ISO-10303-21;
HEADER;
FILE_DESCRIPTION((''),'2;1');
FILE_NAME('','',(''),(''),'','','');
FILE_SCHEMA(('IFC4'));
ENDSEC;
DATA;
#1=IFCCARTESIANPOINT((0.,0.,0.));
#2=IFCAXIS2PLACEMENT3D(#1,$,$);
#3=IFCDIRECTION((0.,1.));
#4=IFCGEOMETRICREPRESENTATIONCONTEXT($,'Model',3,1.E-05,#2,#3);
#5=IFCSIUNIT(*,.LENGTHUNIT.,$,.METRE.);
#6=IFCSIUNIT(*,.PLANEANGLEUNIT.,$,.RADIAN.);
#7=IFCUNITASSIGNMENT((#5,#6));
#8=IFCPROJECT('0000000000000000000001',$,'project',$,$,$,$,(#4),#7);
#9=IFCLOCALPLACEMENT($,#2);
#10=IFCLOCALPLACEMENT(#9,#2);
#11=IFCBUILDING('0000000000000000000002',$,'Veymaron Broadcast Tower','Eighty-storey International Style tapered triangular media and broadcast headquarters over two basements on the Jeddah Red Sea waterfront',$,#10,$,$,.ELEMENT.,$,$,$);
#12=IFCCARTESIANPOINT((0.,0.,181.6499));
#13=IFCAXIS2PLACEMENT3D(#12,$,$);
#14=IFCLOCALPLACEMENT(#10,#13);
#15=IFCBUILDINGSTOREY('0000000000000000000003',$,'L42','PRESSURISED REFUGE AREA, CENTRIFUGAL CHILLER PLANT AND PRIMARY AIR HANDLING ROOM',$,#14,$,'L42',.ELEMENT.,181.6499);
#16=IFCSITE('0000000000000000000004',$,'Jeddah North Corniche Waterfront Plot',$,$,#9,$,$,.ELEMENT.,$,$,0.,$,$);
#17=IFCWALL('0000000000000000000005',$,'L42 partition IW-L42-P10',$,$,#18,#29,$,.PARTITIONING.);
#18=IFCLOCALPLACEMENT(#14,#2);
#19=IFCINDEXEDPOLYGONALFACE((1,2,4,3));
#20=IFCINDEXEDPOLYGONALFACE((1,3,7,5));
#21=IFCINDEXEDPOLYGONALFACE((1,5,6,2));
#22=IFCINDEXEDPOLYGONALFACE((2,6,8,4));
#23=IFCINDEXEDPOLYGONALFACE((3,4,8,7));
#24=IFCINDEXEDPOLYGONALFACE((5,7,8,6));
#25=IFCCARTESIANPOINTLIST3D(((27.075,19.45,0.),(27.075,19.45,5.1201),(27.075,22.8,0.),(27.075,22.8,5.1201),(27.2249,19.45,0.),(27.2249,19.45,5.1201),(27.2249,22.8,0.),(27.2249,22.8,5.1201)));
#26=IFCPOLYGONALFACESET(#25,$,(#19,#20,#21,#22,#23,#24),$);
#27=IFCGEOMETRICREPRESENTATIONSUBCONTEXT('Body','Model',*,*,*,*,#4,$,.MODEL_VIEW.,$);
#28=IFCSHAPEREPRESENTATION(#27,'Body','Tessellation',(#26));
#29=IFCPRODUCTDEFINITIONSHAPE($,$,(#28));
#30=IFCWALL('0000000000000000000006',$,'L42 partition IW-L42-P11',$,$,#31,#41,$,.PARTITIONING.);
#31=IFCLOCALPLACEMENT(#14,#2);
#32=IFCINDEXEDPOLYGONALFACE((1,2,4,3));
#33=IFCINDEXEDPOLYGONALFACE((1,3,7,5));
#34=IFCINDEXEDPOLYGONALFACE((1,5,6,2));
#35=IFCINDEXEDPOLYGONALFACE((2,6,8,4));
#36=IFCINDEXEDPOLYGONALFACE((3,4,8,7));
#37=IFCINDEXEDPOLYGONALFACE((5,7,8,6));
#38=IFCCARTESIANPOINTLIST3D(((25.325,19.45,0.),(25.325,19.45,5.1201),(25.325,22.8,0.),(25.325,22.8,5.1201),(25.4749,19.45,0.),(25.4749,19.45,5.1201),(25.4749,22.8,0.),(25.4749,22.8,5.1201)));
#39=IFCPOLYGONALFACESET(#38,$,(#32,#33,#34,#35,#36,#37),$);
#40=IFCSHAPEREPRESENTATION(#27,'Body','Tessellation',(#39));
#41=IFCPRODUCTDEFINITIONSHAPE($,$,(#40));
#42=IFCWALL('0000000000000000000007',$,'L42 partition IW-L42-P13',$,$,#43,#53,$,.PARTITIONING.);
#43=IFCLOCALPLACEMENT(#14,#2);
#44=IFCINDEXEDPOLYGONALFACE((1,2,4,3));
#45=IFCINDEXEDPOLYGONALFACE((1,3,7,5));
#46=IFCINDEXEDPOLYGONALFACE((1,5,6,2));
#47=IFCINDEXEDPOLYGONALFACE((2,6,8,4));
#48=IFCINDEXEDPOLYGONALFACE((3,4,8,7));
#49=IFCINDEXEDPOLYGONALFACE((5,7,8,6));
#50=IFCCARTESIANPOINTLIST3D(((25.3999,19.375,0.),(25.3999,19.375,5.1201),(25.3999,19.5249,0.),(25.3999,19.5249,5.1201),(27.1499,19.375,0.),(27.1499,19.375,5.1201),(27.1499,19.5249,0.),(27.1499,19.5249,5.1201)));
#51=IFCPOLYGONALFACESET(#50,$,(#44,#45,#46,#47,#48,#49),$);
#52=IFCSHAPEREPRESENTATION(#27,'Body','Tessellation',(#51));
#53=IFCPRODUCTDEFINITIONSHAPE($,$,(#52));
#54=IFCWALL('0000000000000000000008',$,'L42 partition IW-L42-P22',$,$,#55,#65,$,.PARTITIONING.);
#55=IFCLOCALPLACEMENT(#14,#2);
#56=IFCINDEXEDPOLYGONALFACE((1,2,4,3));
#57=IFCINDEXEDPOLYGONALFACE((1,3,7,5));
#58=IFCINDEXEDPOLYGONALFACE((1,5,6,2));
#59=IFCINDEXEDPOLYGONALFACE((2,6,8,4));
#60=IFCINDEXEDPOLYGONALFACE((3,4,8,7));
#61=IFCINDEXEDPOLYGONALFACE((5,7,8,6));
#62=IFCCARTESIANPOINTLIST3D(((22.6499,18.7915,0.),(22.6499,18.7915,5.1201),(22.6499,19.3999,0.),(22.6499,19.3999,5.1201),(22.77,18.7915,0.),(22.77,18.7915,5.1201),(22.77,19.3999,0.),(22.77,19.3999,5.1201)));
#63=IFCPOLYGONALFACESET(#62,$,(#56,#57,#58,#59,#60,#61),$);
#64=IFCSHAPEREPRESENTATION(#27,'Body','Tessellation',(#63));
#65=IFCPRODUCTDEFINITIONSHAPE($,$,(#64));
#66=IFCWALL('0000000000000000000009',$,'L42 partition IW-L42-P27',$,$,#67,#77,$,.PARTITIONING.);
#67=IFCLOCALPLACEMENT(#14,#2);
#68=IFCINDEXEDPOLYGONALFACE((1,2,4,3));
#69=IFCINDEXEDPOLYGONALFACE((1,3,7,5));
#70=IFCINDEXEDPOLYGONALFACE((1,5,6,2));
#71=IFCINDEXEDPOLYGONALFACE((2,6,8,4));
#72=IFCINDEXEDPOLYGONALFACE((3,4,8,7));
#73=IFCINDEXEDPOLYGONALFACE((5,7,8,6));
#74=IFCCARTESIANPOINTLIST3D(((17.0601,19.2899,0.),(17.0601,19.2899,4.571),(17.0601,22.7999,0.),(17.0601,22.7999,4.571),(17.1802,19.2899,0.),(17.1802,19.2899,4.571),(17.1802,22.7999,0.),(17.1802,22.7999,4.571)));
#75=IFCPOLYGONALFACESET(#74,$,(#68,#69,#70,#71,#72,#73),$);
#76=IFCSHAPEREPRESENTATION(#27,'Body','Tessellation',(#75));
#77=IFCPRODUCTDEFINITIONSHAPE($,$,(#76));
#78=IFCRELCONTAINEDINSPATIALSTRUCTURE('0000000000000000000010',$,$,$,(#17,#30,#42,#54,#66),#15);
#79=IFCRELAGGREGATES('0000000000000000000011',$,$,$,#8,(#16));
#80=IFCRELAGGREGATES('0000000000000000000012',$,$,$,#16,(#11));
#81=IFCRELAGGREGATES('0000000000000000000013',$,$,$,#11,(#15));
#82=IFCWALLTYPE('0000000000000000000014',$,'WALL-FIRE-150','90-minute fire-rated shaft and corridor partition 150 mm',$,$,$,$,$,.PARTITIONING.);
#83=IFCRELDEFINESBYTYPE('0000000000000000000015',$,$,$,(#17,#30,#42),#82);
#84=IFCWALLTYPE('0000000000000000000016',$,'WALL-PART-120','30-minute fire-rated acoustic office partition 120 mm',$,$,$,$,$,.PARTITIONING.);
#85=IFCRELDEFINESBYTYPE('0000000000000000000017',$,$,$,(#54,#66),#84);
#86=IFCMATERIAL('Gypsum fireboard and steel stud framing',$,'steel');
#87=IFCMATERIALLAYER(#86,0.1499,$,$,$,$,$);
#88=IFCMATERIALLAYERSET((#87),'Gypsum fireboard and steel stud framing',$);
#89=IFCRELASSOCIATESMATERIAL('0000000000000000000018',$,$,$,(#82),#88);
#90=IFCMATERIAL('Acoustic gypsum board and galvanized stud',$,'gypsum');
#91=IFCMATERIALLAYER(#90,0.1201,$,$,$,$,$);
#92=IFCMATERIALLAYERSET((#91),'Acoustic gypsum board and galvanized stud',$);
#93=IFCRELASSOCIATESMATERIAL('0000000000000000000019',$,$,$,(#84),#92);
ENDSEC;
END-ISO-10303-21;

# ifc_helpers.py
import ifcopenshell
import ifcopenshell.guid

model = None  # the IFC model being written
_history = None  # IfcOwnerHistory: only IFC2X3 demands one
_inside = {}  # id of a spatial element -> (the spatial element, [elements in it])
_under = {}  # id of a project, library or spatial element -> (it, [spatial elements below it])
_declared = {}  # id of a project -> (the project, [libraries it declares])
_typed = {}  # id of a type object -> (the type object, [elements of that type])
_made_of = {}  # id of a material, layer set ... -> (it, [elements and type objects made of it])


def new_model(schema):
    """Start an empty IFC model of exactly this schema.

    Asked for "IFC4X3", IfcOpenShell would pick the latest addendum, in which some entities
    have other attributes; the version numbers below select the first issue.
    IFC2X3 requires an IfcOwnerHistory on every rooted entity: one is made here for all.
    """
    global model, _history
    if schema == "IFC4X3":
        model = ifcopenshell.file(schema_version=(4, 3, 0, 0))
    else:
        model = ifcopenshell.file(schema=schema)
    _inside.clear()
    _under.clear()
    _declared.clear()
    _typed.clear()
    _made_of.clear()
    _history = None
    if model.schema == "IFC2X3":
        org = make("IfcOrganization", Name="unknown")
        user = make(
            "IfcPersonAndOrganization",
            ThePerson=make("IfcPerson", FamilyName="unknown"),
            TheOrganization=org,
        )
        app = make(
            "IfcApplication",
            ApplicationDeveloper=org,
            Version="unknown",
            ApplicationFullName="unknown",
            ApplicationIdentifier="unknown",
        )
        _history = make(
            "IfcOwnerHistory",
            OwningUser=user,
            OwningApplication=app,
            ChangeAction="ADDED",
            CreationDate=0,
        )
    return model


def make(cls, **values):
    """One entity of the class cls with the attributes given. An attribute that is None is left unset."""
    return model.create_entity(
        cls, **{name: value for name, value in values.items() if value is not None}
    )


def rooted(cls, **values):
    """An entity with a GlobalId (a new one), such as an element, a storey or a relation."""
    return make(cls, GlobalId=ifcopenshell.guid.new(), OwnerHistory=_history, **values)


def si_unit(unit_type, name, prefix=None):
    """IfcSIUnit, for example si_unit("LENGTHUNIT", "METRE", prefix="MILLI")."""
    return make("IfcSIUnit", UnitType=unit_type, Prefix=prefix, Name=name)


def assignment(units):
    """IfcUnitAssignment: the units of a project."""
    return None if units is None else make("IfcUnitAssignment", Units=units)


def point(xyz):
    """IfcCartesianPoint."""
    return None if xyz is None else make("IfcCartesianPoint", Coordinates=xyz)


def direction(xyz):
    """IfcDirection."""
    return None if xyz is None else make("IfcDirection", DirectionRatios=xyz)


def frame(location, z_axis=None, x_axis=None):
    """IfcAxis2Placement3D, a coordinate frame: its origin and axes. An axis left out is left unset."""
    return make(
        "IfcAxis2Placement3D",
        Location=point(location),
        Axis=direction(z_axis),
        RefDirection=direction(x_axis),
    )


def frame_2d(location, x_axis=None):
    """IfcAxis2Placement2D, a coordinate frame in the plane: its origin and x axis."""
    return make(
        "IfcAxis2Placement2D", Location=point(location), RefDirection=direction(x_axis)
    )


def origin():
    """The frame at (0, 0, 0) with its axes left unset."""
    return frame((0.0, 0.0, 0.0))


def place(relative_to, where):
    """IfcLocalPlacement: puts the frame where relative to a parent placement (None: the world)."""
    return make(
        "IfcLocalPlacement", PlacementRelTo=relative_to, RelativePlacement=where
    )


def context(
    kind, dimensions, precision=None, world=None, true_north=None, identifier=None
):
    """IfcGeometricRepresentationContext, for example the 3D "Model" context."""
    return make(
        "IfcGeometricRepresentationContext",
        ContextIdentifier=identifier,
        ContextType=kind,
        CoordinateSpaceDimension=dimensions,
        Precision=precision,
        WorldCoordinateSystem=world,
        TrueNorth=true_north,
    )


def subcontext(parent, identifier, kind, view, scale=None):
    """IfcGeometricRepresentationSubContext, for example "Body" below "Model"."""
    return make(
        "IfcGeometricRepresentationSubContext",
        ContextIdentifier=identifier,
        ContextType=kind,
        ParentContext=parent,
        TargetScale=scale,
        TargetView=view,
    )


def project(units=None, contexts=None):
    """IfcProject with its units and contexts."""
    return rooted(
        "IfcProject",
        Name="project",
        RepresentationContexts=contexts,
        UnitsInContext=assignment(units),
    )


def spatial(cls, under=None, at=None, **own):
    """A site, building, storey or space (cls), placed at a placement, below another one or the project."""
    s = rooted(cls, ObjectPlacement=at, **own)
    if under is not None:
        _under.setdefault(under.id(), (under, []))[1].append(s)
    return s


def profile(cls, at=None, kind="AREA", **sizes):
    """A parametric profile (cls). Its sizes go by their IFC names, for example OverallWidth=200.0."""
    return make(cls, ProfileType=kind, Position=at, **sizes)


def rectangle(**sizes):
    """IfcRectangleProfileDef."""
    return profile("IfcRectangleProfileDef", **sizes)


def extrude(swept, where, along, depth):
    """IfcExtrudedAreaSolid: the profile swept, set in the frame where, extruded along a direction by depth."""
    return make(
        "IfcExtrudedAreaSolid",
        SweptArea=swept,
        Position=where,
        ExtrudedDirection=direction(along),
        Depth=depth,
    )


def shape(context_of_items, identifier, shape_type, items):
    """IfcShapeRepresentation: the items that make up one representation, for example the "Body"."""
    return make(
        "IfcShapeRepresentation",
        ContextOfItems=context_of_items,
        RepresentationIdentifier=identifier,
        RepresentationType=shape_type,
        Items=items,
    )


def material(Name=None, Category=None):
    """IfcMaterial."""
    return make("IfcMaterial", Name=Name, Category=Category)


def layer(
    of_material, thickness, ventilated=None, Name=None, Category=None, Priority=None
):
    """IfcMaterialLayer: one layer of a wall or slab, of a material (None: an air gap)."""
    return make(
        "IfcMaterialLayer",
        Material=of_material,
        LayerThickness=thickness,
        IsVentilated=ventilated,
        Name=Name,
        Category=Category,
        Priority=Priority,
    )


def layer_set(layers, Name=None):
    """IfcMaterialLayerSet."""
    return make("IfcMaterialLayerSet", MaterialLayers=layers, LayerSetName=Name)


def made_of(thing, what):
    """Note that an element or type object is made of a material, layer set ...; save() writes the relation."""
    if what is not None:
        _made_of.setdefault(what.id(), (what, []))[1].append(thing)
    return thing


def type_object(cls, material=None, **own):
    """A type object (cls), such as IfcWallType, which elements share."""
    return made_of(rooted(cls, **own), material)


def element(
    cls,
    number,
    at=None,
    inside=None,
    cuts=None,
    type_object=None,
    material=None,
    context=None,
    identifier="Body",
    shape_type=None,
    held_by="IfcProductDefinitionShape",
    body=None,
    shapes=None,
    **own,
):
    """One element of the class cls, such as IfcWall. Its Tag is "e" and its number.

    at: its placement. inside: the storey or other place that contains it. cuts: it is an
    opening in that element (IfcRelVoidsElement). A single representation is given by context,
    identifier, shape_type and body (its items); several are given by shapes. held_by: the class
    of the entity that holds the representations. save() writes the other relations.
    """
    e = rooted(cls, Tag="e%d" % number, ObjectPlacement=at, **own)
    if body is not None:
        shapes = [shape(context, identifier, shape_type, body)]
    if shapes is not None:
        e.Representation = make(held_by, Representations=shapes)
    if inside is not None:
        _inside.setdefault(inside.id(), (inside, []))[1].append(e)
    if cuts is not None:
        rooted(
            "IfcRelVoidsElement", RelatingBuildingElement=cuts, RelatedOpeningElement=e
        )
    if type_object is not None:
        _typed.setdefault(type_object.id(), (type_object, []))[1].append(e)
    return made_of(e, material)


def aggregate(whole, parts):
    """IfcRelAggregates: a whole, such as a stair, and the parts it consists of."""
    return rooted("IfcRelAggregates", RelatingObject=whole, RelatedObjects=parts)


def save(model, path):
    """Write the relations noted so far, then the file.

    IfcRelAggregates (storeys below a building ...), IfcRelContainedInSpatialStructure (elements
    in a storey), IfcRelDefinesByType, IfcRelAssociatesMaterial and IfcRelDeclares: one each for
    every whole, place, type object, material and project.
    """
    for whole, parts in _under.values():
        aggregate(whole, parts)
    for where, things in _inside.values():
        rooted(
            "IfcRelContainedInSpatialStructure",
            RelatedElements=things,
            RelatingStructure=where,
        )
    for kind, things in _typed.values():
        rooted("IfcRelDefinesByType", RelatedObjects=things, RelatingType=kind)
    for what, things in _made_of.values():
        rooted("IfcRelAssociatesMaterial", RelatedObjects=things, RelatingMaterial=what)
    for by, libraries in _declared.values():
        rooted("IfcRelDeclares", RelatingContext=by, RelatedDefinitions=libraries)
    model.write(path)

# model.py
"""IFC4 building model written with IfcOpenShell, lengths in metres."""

from ifc_helpers import new_model, si_unit, direction, frame, frame_2d, origin, place, context, subcontext, project, spatial, rectangle, extrude, material, layer, layer_set, type_object, element, save


model = new_model("IFC4")

# Units and contexts
model_context = context("Model", 3, precision=1e-05, world=origin(), true_north=direction((0.0, 1.0)))
body_context = subcontext(model_context, "Body", "Model", "MODEL_VIEW")
ifc_project = project(units=[si_unit("LENGTHUNIT", "METRE"), si_unit("PLANEANGLEUNIT", "RADIAN")], contexts=[model_context])

# Site, building, storey
site_placement = place(None, origin())
site = spatial("IfcSite", under=ifc_project, at=site_placement, Name="Jeddah North Corniche Waterfront Plot", CompositionType="ELEMENT", RefElevation=0.0)
building_placement = place(site_placement, origin())
building = spatial("IfcBuilding", under=site, at=building_placement, Name="Veymaron Broadcast Tower", Description="Eighty-storey International Style tapered triangular media and broadcast headquarters over two basements on the Jeddah Red Sea waterfront", CompositionType="ELEMENT")
storey_placement = place(building_placement, frame((0.0, 0.0, 181.6499)))
storey = spatial("IfcBuildingStorey", under=building, at=storey_placement, Name="L42", Description="PRESSURISED REFUGE AREA, CENTRIFUGAL CHILLER PLANT AND PRIMARY AIR HANDLING ROOM", LongName="L42", CompositionType="ELEMENT", Elevation=181.6499)

# Walls
ifc_material_1 = material(Name="Gypsum fireboard and steel stud framing", Category="steel")
ifc_layer_1 = layer(ifc_material_1, 0.1499)
ifc_layer_set_1 = layer_set([ifc_layer_1], Name="Gypsum fireboard and steel stud framing")
wall_type_1 = type_object("IfcWallType", Name="WALL-FIRE-150", Description="90-minute fire-rated shaft and corridor partition 150 mm", PredefinedType="PARTITIONING", material=ifc_layer_set_1)
for number, where, z_axis, x_axis, name in (
    (1, (27.1499, 19.45, 0.0), (0.0, 0.0, 1.0), (0.0, 1.0, 0.0), "L42 partition IW-L42-P10"),
    (2, (25.3999, 19.45, 0.0), (0.0, 0.0, 1.0), (0.0, 1.0, 0.0), "L42 partition IW-L42-P11"),
):
    element("IfcWall", number, at=place(storey_placement, frame(where, z_axis=z_axis, x_axis=x_axis)), inside=storey, type_object=wall_type_1, Name=name, PredefinedType="PARTITIONING", context=body_context, shape_type="SweptSolid", body=[
        extrude(rectangle(XDim=3.3501, YDim=0.1499, at=frame_2d((1.675, 0.0))), origin(), (0.0, 0.0, 1.0), 5.1201),
    ])
wall_1_placement = place(storey_placement, frame((25.3999, 19.45, 0.0), z_axis=(0.0, 0.0, 1.0), x_axis=(1.0, 0.0, 0.0)))
element("IfcWall", 3, at=wall_1_placement, inside=storey, type_object=wall_type_1, Name="L42 partition IW-L42-P13", PredefinedType="PARTITIONING", context=body_context, shape_type="SweptSolid", body=[
    extrude(rectangle(XDim=1.75, YDim=0.1499, at=frame_2d((0.875, 0.0))), origin(), (0.0, 0.0, 1.0), 5.1201),
])
ifc_material_2 = material(Name="Acoustic gypsum board and galvanized stud", Category="gypsum")
ifc_layer_2 = layer(ifc_material_2, 0.1201)
ifc_layer_set_2 = layer_set([ifc_layer_2], Name="Acoustic gypsum board and galvanized stud")
wall_type_2 = type_object("IfcWallType", Name="WALL-PART-120", Description="30-minute fire-rated acoustic office partition 120 mm", PredefinedType="PARTITIONING", material=ifc_layer_set_2)
wall_2_placement = place(storey_placement, frame((22.71, 18.7915, 0.0), z_axis=(0.0, 0.0, 1.0), x_axis=(0.0, 1.0, 0.0)))
element("IfcWall", 4, at=wall_2_placement, inside=storey, type_object=wall_type_2, Name="L42 partition IW-L42-P22", PredefinedType="PARTITIONING", context=body_context, shape_type="SweptSolid", body=[
    extrude(rectangle(XDim=0.6084, YDim=0.1201, at=frame_2d((0.3042, 0.0))), origin(), (0.0, 0.0, 1.0), 5.1201),
])
wall_3_placement = place(storey_placement, frame((17.1201, 19.29, 0.0), z_axis=(0.0, 0.0, 1.0), x_axis=(0.0, 1.0, 0.0)))
element("IfcWall", 5, at=wall_3_placement, inside=storey, type_object=wall_type_2, Name="L42 partition IW-L42-P27", PredefinedType="PARTITIONING", context=body_context, shape_type="SweptSolid", body=[
    extrude(rectangle(XDim=3.51, YDim=0.1201, at=frame_2d((1.7549, 0.0))), origin(), (0.0, 0.0, 1.0), 4.571),
])

save(model, "model.ifc")
